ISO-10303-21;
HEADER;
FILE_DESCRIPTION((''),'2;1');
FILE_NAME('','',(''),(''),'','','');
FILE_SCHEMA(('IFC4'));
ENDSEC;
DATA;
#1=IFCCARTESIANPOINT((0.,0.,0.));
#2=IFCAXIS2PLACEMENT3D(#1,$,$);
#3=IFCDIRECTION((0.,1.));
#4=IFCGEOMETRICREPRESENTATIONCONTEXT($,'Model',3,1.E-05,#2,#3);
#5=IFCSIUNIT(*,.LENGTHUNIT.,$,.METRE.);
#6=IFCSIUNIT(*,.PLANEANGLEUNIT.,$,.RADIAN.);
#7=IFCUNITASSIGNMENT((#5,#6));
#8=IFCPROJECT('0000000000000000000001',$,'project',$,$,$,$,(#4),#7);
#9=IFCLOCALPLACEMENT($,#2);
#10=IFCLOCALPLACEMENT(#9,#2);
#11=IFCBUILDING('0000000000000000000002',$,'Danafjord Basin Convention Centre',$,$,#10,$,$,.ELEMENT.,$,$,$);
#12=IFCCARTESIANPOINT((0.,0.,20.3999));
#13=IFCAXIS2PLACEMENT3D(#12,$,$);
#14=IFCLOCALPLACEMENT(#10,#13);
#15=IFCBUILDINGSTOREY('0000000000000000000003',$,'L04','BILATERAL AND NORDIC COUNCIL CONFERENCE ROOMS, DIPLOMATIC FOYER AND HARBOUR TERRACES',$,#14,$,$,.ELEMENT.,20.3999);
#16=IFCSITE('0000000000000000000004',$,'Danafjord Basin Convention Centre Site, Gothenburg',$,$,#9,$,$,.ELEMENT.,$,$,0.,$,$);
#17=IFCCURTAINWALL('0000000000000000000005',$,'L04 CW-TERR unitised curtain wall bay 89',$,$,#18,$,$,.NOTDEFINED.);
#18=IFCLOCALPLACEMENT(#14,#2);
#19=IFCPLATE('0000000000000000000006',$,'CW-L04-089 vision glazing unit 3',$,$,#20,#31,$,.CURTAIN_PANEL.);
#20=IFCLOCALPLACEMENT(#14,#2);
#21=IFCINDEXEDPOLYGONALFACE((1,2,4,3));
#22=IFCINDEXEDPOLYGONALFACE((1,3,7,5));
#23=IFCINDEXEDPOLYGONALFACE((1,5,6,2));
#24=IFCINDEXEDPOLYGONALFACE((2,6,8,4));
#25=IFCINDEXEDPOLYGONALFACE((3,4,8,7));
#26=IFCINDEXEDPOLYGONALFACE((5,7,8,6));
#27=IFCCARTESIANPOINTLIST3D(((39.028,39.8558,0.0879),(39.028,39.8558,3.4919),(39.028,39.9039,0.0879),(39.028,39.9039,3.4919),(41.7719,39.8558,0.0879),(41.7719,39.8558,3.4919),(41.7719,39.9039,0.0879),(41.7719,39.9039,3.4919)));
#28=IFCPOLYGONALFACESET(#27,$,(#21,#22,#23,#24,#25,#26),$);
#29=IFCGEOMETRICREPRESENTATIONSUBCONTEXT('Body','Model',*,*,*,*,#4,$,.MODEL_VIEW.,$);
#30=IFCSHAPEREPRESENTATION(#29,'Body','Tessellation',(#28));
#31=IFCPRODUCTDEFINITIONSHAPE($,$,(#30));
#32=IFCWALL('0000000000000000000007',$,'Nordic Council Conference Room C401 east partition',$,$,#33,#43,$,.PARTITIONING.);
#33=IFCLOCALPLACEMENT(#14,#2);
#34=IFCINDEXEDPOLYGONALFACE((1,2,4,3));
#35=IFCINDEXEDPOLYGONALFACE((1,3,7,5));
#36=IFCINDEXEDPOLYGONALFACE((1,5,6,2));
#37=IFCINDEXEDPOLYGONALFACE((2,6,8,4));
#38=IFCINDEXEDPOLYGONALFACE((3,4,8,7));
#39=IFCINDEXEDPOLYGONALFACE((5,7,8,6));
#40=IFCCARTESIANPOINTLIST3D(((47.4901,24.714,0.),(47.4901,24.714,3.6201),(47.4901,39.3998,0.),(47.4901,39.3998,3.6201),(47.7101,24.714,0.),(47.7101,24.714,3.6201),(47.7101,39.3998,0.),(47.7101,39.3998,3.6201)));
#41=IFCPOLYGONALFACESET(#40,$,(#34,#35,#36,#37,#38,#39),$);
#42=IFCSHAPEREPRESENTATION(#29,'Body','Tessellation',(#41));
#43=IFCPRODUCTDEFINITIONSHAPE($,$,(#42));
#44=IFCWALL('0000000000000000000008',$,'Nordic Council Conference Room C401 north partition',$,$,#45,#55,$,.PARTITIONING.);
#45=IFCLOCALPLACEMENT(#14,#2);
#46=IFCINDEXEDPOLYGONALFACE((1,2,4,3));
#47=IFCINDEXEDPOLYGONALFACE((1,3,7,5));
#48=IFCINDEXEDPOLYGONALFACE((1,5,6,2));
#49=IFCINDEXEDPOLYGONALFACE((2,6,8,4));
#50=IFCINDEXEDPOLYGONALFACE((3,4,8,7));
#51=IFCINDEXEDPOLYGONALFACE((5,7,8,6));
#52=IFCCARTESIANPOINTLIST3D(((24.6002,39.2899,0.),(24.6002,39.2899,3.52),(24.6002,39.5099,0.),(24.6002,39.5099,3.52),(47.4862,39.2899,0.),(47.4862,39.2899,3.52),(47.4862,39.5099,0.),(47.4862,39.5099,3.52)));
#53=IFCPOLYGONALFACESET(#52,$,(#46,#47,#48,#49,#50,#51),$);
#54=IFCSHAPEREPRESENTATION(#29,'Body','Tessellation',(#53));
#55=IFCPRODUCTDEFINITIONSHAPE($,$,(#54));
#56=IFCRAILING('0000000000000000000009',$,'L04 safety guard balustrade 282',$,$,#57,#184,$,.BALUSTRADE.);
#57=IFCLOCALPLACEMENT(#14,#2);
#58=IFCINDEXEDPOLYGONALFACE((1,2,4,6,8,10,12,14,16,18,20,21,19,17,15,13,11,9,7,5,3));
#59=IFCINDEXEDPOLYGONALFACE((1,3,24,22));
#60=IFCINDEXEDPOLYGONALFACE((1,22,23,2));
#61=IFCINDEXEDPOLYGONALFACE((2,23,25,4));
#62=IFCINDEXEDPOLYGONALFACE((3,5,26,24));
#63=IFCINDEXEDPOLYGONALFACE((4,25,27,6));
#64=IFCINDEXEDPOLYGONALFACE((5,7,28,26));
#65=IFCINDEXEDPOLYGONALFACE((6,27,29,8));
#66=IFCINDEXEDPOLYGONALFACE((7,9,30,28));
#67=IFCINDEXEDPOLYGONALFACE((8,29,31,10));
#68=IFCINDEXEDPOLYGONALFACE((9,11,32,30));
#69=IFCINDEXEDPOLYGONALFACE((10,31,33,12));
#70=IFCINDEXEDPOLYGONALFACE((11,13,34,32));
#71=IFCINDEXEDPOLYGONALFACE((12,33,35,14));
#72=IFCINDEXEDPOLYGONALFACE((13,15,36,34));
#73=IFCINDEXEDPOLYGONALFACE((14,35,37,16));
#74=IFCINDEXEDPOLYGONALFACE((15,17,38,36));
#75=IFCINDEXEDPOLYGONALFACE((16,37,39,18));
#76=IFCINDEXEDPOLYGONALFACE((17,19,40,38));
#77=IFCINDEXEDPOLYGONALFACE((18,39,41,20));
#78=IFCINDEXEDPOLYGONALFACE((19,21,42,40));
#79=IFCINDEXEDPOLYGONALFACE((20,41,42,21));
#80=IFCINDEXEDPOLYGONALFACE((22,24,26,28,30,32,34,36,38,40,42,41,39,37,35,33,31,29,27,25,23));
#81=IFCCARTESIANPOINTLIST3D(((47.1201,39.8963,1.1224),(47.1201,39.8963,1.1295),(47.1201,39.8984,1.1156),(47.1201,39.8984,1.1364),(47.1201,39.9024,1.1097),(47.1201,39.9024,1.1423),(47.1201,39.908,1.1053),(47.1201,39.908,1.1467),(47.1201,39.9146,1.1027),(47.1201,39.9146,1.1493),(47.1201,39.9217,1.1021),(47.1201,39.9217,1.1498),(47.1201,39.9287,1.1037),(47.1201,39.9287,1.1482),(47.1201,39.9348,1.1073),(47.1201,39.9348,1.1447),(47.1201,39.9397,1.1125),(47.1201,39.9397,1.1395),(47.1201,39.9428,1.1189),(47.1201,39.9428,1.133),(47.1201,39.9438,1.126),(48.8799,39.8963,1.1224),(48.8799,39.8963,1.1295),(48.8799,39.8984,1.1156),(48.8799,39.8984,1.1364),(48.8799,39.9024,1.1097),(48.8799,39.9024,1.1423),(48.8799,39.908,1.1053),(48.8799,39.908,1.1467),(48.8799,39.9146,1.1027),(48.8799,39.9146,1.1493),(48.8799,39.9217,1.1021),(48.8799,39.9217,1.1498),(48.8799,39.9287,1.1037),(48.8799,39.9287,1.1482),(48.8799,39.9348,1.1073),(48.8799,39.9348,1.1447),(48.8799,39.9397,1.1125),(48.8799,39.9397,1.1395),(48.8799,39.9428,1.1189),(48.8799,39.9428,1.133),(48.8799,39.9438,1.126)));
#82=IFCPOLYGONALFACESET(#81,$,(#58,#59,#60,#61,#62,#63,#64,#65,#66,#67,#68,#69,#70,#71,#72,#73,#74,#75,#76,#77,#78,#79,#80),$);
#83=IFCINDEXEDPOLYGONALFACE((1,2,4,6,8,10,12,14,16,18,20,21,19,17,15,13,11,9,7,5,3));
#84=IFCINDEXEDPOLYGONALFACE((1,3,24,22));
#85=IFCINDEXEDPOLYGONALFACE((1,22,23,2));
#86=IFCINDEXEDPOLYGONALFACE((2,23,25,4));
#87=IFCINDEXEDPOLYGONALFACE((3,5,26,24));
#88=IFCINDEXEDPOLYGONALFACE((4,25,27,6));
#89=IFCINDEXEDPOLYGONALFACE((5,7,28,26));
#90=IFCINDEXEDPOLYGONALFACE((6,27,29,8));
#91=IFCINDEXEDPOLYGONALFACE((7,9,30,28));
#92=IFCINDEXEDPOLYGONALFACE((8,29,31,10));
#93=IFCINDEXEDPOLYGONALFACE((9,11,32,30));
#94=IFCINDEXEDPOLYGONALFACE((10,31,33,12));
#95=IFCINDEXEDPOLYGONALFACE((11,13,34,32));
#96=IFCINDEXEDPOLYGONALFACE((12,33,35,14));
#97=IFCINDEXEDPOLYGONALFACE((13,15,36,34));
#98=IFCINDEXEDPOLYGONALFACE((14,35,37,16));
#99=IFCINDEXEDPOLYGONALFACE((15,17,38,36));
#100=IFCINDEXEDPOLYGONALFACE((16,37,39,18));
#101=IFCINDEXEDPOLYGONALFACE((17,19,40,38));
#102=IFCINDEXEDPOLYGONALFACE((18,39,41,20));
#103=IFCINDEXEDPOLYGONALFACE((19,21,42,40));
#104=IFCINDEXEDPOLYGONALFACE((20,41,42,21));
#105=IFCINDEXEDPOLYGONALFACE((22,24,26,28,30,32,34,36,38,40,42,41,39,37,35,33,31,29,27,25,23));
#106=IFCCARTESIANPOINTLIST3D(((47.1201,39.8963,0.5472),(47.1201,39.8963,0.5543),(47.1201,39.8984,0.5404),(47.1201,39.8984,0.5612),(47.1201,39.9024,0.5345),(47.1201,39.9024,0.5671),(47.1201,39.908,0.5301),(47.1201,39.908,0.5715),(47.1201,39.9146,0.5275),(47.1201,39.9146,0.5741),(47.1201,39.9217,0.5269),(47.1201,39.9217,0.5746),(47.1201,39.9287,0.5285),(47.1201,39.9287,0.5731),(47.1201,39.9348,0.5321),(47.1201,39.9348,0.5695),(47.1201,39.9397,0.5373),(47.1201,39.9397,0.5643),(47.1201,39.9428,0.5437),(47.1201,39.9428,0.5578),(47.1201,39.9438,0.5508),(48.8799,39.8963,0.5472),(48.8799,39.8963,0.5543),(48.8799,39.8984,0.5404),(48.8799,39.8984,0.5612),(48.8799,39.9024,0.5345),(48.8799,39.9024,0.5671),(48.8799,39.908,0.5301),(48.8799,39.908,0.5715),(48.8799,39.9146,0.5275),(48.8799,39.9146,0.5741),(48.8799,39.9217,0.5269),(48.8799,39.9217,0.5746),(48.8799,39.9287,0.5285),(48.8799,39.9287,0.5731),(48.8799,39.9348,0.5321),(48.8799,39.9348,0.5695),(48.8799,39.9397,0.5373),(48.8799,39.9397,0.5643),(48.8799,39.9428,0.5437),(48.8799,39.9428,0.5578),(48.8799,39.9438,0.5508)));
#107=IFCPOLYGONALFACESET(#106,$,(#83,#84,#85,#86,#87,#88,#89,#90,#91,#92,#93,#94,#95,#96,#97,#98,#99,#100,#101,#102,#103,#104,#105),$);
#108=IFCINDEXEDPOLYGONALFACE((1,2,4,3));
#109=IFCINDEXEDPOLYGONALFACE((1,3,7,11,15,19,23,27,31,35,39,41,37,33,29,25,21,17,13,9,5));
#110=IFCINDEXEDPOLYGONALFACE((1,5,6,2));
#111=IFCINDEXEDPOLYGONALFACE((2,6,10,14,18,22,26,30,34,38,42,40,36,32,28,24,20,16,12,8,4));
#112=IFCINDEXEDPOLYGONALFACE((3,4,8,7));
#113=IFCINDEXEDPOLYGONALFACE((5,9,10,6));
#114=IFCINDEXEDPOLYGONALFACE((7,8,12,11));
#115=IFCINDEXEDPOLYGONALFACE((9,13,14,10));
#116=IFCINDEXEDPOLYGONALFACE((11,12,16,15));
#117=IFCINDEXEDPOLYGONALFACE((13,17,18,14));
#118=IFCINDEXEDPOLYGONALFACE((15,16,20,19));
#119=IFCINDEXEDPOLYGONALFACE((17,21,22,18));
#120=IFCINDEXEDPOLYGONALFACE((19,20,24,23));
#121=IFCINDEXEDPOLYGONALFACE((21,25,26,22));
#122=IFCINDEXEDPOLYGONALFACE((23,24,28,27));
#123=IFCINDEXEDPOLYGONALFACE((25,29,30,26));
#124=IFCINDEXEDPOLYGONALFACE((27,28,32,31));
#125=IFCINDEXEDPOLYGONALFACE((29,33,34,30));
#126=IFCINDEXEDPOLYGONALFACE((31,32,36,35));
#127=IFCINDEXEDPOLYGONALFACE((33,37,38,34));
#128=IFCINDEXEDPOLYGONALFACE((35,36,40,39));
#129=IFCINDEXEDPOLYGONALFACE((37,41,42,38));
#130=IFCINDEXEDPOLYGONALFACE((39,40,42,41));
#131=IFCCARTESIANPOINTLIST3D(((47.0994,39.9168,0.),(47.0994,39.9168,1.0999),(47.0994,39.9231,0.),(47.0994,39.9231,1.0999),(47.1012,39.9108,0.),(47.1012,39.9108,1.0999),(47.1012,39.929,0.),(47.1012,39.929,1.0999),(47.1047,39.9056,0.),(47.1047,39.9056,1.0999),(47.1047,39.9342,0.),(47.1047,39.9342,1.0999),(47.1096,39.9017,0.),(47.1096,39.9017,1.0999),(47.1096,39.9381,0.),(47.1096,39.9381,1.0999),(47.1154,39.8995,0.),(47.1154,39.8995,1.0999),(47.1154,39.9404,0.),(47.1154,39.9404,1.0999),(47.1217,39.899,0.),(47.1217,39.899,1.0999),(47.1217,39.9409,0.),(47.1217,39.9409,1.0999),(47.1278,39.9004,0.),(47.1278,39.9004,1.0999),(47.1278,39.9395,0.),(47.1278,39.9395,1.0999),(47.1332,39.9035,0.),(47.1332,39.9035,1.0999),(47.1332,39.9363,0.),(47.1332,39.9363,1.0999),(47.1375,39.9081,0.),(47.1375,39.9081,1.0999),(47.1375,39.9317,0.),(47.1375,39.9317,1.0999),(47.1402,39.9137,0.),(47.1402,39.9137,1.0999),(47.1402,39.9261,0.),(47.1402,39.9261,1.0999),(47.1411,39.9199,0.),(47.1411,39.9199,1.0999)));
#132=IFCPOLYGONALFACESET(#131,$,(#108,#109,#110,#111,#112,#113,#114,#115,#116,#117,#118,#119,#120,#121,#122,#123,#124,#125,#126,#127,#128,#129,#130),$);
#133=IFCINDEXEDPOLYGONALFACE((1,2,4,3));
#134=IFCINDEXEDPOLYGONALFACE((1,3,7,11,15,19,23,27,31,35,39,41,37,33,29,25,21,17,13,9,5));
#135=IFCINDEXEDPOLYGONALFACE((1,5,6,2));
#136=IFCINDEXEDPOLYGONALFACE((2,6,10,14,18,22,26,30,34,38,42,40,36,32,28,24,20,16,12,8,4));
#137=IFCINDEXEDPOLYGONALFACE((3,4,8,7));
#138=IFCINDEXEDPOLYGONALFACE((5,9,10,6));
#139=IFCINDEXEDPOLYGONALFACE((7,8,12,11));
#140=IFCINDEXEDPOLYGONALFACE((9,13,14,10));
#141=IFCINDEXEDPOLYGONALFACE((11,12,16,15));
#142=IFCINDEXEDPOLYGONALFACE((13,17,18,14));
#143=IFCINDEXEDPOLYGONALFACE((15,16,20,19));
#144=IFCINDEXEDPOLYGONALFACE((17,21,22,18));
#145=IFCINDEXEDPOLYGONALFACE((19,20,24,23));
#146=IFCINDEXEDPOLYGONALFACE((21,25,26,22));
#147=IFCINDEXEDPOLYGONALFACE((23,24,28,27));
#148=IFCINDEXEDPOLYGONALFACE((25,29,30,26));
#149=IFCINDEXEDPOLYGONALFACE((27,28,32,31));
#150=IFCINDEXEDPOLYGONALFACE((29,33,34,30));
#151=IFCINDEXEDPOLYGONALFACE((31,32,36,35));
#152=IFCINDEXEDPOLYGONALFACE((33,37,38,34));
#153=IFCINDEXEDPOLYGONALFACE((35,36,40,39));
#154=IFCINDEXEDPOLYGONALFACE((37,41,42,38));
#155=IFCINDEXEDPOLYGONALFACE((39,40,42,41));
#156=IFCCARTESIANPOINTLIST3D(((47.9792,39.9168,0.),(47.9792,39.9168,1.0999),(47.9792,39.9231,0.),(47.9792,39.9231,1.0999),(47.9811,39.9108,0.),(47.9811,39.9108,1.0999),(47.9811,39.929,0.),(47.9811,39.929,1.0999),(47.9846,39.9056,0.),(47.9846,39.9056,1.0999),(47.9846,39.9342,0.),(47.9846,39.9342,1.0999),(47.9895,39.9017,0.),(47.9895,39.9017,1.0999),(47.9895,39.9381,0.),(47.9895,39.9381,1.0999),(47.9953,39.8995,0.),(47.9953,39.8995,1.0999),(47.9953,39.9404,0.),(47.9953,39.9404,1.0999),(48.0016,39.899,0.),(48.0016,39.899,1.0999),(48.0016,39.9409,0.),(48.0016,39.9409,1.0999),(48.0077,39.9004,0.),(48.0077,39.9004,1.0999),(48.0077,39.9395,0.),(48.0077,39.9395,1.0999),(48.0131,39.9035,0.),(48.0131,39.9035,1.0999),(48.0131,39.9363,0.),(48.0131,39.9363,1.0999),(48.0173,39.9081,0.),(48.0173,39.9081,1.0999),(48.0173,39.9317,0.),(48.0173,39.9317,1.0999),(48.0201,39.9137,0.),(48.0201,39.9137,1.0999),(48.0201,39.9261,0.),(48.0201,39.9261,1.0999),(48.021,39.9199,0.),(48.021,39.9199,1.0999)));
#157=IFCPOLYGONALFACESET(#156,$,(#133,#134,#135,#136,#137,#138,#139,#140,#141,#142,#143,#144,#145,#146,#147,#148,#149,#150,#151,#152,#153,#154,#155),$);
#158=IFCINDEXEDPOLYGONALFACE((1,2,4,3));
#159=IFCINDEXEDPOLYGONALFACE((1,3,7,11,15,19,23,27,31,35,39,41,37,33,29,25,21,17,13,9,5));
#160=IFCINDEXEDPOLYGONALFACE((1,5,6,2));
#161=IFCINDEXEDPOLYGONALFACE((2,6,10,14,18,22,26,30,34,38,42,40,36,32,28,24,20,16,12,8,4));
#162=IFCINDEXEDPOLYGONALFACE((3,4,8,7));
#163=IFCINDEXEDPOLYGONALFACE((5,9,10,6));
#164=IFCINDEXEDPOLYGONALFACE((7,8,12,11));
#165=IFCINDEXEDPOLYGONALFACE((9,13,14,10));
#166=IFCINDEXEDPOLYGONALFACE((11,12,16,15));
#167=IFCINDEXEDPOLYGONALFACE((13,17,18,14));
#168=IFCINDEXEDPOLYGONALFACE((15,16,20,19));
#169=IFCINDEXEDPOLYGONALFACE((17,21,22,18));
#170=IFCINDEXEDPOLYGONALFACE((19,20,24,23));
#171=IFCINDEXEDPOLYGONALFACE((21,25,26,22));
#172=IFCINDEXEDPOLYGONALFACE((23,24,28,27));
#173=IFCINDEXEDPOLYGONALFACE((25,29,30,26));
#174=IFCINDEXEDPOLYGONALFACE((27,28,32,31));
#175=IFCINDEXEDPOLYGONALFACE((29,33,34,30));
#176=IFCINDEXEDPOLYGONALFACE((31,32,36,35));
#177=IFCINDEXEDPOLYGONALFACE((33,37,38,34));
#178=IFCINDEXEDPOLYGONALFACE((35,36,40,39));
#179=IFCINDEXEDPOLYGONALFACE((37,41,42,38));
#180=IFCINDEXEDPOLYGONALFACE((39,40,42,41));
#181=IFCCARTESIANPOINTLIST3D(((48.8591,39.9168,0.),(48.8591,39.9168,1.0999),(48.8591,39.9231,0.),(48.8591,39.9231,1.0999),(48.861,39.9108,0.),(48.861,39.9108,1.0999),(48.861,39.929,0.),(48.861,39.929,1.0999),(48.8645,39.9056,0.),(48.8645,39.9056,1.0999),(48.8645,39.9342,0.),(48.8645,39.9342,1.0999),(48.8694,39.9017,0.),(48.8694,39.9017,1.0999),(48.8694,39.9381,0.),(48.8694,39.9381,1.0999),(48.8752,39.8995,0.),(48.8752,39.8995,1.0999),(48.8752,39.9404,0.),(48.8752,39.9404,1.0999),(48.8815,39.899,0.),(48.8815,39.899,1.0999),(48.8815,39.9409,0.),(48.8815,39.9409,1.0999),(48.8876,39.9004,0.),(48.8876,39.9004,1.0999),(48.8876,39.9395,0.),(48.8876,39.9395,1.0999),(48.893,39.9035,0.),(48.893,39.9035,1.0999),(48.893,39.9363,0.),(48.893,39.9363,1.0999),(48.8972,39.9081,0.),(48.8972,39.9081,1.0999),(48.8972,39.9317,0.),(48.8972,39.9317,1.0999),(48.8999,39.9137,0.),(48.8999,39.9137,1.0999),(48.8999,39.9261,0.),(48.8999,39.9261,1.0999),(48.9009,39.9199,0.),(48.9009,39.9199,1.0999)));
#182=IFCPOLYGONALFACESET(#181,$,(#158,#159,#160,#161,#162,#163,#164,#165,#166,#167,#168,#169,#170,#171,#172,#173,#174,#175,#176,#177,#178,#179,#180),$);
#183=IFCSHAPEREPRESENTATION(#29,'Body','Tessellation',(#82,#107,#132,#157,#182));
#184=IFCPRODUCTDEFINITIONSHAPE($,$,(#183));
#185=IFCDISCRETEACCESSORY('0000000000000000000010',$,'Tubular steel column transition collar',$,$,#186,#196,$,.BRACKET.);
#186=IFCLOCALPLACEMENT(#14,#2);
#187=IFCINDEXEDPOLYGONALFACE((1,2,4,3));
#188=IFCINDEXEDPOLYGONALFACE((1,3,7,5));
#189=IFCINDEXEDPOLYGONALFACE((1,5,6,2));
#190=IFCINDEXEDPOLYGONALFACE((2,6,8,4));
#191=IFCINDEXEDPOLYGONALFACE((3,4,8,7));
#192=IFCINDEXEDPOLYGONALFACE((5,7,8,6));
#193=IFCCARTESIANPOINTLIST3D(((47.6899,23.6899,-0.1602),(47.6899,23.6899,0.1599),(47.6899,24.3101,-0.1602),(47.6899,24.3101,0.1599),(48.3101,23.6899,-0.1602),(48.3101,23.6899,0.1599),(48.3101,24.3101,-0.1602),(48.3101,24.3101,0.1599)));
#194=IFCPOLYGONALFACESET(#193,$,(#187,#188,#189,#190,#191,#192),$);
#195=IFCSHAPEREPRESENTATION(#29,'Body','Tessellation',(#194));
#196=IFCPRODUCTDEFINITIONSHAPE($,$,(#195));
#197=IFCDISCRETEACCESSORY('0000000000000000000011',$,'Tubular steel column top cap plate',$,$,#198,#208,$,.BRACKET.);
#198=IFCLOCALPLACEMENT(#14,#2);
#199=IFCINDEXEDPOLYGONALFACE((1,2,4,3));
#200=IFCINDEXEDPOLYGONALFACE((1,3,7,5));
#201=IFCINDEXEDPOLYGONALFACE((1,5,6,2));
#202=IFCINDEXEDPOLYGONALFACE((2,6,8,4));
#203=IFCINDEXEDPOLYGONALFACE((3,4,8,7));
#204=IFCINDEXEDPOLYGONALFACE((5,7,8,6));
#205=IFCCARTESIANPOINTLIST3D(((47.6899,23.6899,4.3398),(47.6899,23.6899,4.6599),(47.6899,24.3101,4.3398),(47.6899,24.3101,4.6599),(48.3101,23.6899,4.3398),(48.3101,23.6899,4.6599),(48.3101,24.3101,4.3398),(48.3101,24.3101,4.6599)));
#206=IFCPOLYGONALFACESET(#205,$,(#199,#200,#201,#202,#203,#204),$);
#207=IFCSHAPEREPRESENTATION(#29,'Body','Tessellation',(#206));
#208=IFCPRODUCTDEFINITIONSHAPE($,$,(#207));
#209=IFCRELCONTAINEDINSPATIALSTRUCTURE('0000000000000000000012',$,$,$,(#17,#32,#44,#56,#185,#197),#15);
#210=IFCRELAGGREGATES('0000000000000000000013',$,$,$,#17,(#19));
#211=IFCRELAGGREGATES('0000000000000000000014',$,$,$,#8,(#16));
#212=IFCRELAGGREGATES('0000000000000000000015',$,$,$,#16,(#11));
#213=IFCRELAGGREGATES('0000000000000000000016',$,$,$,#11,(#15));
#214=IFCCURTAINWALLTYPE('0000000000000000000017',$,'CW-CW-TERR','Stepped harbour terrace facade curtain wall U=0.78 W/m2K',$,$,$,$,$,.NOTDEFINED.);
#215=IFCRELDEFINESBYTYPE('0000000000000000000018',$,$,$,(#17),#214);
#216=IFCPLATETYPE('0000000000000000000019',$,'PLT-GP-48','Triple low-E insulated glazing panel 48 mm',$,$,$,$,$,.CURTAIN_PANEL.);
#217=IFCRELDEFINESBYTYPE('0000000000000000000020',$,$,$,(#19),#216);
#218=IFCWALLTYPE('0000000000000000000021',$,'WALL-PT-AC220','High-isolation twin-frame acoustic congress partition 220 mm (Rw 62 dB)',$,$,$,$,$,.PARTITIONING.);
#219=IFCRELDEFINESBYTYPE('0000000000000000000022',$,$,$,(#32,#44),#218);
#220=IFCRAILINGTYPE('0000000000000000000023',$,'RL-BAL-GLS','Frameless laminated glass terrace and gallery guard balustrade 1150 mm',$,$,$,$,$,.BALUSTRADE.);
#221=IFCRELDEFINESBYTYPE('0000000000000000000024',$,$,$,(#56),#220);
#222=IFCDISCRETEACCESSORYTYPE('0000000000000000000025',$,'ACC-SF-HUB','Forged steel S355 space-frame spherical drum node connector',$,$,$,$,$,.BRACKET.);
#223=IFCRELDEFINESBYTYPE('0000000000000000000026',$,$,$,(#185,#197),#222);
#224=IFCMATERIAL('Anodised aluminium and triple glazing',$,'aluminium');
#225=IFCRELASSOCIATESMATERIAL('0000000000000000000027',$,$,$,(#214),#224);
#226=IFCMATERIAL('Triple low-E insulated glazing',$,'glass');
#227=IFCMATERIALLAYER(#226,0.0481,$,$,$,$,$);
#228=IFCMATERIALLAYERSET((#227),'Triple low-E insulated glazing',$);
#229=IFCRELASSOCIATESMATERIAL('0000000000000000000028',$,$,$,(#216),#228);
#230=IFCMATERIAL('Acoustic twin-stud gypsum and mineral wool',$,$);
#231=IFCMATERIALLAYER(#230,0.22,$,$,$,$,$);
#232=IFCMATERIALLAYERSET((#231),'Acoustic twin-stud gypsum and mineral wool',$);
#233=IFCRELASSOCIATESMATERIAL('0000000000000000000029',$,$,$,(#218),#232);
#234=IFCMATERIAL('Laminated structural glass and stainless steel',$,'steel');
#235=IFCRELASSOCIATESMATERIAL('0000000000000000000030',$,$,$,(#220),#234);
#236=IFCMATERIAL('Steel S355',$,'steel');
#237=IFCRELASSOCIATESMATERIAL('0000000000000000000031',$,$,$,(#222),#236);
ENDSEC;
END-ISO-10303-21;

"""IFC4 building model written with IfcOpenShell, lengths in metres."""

from ifc_helpers import new_model, si_unit, direction, frame, frame_2d, origin, origin_2d, place, context, subcontext, project, spatial, rectangle, circle, extrude, material, layer, layer_set, type_object, element, aggregate, save


model = new_model("IFC4")

# Units and contexts
model_context = context("Model", 3, precision=1e-05, world=origin(), true_north=direction((0.0, 1.0)))
body_context = subcontext(model_context, "Body", "Model", "MODEL_VIEW")
ifc_project = project(units=[si_unit("LENGTHUNIT", "METRE"), si_unit("PLANEANGLEUNIT", "RADIAN")], contexts=[model_context])

# Site, building, storey
site_placement = place(None, origin())
site = spatial("IfcSite", under=ifc_project, at=site_placement, Name="Danafjord Basin Convention Centre Site, Gothenburg", CompositionType="ELEMENT", RefElevation=0.0)
building_placement = place(site_placement, origin())
building = spatial("IfcBuilding", under=site, at=building_placement, Name="Danafjord Basin Convention Centre", CompositionType="ELEMENT")
storey_placement = place(building_placement, frame((0.0, 0.0, 20.3999)))
storey = spatial("IfcBuildingStorey", under=building, at=storey_placement, Name="L04", Description="BILATERAL AND NORDIC COUNCIL CONFERENCE ROOMS, DIPLOMATIC FOYER AND HARBOUR TERRACES", CompositionType="ELEMENT", Elevation=20.3999)

# Shared definitions
ifc_material_1 = material(Name="Steel S355", Category="steel")

# Curtain wall, plate
ifc_material_2 = material(Name="Anodised aluminium and triple glazing", Category="aluminium")
curtain_wall_type = type_object("IfcCurtainWallType", Name="CW-CW-TERR", Description="Stepped harbour terrace facade curtain wall U=0.78 W/m2K", PredefinedType="NOTDEFINED", material=ifc_material_2)
curtain_wall_placement = place(storey_placement, origin())
curtain_wall = element("IfcCurtainWall", 1, at=curtain_wall_placement, inside=storey, type_object=curtain_wall_type, Name="L04 CW-TERR unitised curtain wall bay 89", PredefinedType="NOTDEFINED")
ifc_material_3 = material(Name="Triple low-E insulated glazing", Category="glass")
ifc_layer_1 = layer(ifc_material_3, 0.0481)
ifc_layer_set_1 = layer_set([ifc_layer_1], Name="Triple low-E insulated glazing")
plate_type = type_object("IfcPlateType", Name="PLT-GP-48", Description="Triple low-E insulated glazing panel 48 mm", PredefinedType="CURTAIN_PANEL", material=ifc_layer_set_1)
plate_1_placement = place(storey_placement, frame((40.3999, 39.8799, 0.0879), z_axis=(0.0, 0.0, 1.0), x_axis=(-1.0, 0.0, 0.0)))
plate_1 = element("IfcPlate", 2, at=plate_1_placement, type_object=plate_type, Name="CW-L04-089 vision glazing unit 3", PredefinedType="CURTAIN_PANEL", context=body_context, shape_type="SweptSolid", body=[
    extrude(rectangle(XDim=2.7439, YDim=0.0481, at=origin_2d()), origin(), (0.0, 0.0, 1.0), 3.4041),
])
aggregate(curtain_wall, [plate_1])

# Walls
ifc_material_4 = material(Name="Acoustic twin-stud gypsum and mineral wool")
ifc_layer_2 = layer(ifc_material_4, 0.22)
ifc_layer_set_2 = layer_set([ifc_layer_2], Name="Acoustic twin-stud gypsum and mineral wool")
wall_type = type_object("IfcWallType", Name="WALL-PT-AC220", Description="High-isolation twin-frame acoustic congress partition 220 mm (Rw 62 dB)", PredefinedType="PARTITIONING", material=ifc_layer_set_2)
wall_1_placement = place(storey_placement, frame((47.6001, 24.7141, 0.0), z_axis=(0.0, 0.0, 1.0), x_axis=(0.0, 1.0, 0.0)))
element("IfcWall", 3, at=wall_1_placement, inside=storey, type_object=wall_type, Name="Nordic Council Conference Room C401 east partition", PredefinedType="PARTITIONING", context=body_context, shape_type="SweptSolid", body=[
    extrude(rectangle(XDim=14.6858, YDim=0.22, at=frame_2d((7.3428, 0.0))), origin(), (0.0, 0.0, 1.0), 3.6201),
])
wall_2_placement = place(storey_placement, frame((47.4861, 39.3999, 0.0), z_axis=(0.0, 0.0, 1.0), x_axis=(-1.0, 0.0, 0.0)))
element("IfcWall", 4, at=wall_2_placement, inside=storey, type_object=wall_type, Name="Nordic Council Conference Room C401 north partition", PredefinedType="PARTITIONING", context=body_context, shape_type="SweptSolid", body=[
    extrude(rectangle(XDim=22.886, YDim=0.22, at=frame_2d((11.4429, 0.0))), origin(), (0.0, 0.0, 1.0), 3.52),
])

# Railing
ifc_material_5 = material(Name="Laminated structural glass and stainless steel", Category="steel")
railing_type = type_object("IfcRailingType", Name="RL-BAL-GLS", Description="Frameless laminated glass terrace and gallery guard balustrade 1150 mm", PredefinedType="BALUSTRADE", material=ifc_material_5)
railing_placement = place(storey_placement, frame((47.1201, 39.9199, 0.0)))
element("IfcRailing", 5, at=railing_placement, inside=storey, type_object=railing_type, Name="L04 safety guard balustrade 282", PredefinedType="BALUSTRADE", context=body_context, shape_type="SweptSolid", body=[
    extrude(circle(Radius=0.0239, at=origin_2d()), frame((0.0, 0.0, 1.126), z_axis=(1.0, 0.0, 0.0), x_axis=(0.0, 1.0, 0.0)), (0.0, 0.0, 1.0), 1.7598),
    extrude(circle(Radius=0.0239, at=origin_2d()), frame((0.0, 0.0, 0.5508), z_axis=(1.0, 0.0, 0.0), x_axis=(0.0, 1.0, 0.0)), (0.0, 0.0, 1.0), 1.7598),
    extrude(circle(Radius=0.021, at=origin_2d()), origin(), (0.0, 0.0, 1.0), 1.0999),
    extrude(circle(Radius=0.021, at=origin_2d()), frame((0.8799, 0.0, 0.0)), (0.0, 0.0, 1.0), 1.0999),
    extrude(circle(Radius=0.021, at=origin_2d()), frame((1.7598, 0.0, 0.0)), (0.0, 0.0, 1.0), 1.0999),
])

# Discrete accessories
discrete_accessory_type = type_object("IfcDiscreteAccessoryType", Name="ACC-SF-HUB", Description="Forged steel S355 space-frame spherical drum node connector", PredefinedType="BRACKET", material=ifc_material_1)
for number, where, z_axis, x_axis, name in (
    (6, (48.0, 24.0, -0.1602), (0.0, 0.0, 1.0), (1.0, 0.0, 0.0), "Tubular steel column transition collar"),
    (7, (48.0, 24.0, 4.3398), (0.0, 0.0, 1.0), (1.0, 0.0, 0.0), "Tubular steel column top cap plate"),
):
    element("IfcDiscreteAccessory", number, at=place(storey_placement, frame(where, z_axis=z_axis, x_axis=x_axis)), inside=storey, type_object=discrete_accessory_type, Name=name, PredefinedType="BRACKET", context=body_context, shape_type="SweptSolid", body=[
        extrude(rectangle(XDim=0.6201, YDim=0.6201, at=origin_2d()), origin(), (0.0, 0.0, 1.0), 0.3201),
    ])

save(model, "model.ifc")
